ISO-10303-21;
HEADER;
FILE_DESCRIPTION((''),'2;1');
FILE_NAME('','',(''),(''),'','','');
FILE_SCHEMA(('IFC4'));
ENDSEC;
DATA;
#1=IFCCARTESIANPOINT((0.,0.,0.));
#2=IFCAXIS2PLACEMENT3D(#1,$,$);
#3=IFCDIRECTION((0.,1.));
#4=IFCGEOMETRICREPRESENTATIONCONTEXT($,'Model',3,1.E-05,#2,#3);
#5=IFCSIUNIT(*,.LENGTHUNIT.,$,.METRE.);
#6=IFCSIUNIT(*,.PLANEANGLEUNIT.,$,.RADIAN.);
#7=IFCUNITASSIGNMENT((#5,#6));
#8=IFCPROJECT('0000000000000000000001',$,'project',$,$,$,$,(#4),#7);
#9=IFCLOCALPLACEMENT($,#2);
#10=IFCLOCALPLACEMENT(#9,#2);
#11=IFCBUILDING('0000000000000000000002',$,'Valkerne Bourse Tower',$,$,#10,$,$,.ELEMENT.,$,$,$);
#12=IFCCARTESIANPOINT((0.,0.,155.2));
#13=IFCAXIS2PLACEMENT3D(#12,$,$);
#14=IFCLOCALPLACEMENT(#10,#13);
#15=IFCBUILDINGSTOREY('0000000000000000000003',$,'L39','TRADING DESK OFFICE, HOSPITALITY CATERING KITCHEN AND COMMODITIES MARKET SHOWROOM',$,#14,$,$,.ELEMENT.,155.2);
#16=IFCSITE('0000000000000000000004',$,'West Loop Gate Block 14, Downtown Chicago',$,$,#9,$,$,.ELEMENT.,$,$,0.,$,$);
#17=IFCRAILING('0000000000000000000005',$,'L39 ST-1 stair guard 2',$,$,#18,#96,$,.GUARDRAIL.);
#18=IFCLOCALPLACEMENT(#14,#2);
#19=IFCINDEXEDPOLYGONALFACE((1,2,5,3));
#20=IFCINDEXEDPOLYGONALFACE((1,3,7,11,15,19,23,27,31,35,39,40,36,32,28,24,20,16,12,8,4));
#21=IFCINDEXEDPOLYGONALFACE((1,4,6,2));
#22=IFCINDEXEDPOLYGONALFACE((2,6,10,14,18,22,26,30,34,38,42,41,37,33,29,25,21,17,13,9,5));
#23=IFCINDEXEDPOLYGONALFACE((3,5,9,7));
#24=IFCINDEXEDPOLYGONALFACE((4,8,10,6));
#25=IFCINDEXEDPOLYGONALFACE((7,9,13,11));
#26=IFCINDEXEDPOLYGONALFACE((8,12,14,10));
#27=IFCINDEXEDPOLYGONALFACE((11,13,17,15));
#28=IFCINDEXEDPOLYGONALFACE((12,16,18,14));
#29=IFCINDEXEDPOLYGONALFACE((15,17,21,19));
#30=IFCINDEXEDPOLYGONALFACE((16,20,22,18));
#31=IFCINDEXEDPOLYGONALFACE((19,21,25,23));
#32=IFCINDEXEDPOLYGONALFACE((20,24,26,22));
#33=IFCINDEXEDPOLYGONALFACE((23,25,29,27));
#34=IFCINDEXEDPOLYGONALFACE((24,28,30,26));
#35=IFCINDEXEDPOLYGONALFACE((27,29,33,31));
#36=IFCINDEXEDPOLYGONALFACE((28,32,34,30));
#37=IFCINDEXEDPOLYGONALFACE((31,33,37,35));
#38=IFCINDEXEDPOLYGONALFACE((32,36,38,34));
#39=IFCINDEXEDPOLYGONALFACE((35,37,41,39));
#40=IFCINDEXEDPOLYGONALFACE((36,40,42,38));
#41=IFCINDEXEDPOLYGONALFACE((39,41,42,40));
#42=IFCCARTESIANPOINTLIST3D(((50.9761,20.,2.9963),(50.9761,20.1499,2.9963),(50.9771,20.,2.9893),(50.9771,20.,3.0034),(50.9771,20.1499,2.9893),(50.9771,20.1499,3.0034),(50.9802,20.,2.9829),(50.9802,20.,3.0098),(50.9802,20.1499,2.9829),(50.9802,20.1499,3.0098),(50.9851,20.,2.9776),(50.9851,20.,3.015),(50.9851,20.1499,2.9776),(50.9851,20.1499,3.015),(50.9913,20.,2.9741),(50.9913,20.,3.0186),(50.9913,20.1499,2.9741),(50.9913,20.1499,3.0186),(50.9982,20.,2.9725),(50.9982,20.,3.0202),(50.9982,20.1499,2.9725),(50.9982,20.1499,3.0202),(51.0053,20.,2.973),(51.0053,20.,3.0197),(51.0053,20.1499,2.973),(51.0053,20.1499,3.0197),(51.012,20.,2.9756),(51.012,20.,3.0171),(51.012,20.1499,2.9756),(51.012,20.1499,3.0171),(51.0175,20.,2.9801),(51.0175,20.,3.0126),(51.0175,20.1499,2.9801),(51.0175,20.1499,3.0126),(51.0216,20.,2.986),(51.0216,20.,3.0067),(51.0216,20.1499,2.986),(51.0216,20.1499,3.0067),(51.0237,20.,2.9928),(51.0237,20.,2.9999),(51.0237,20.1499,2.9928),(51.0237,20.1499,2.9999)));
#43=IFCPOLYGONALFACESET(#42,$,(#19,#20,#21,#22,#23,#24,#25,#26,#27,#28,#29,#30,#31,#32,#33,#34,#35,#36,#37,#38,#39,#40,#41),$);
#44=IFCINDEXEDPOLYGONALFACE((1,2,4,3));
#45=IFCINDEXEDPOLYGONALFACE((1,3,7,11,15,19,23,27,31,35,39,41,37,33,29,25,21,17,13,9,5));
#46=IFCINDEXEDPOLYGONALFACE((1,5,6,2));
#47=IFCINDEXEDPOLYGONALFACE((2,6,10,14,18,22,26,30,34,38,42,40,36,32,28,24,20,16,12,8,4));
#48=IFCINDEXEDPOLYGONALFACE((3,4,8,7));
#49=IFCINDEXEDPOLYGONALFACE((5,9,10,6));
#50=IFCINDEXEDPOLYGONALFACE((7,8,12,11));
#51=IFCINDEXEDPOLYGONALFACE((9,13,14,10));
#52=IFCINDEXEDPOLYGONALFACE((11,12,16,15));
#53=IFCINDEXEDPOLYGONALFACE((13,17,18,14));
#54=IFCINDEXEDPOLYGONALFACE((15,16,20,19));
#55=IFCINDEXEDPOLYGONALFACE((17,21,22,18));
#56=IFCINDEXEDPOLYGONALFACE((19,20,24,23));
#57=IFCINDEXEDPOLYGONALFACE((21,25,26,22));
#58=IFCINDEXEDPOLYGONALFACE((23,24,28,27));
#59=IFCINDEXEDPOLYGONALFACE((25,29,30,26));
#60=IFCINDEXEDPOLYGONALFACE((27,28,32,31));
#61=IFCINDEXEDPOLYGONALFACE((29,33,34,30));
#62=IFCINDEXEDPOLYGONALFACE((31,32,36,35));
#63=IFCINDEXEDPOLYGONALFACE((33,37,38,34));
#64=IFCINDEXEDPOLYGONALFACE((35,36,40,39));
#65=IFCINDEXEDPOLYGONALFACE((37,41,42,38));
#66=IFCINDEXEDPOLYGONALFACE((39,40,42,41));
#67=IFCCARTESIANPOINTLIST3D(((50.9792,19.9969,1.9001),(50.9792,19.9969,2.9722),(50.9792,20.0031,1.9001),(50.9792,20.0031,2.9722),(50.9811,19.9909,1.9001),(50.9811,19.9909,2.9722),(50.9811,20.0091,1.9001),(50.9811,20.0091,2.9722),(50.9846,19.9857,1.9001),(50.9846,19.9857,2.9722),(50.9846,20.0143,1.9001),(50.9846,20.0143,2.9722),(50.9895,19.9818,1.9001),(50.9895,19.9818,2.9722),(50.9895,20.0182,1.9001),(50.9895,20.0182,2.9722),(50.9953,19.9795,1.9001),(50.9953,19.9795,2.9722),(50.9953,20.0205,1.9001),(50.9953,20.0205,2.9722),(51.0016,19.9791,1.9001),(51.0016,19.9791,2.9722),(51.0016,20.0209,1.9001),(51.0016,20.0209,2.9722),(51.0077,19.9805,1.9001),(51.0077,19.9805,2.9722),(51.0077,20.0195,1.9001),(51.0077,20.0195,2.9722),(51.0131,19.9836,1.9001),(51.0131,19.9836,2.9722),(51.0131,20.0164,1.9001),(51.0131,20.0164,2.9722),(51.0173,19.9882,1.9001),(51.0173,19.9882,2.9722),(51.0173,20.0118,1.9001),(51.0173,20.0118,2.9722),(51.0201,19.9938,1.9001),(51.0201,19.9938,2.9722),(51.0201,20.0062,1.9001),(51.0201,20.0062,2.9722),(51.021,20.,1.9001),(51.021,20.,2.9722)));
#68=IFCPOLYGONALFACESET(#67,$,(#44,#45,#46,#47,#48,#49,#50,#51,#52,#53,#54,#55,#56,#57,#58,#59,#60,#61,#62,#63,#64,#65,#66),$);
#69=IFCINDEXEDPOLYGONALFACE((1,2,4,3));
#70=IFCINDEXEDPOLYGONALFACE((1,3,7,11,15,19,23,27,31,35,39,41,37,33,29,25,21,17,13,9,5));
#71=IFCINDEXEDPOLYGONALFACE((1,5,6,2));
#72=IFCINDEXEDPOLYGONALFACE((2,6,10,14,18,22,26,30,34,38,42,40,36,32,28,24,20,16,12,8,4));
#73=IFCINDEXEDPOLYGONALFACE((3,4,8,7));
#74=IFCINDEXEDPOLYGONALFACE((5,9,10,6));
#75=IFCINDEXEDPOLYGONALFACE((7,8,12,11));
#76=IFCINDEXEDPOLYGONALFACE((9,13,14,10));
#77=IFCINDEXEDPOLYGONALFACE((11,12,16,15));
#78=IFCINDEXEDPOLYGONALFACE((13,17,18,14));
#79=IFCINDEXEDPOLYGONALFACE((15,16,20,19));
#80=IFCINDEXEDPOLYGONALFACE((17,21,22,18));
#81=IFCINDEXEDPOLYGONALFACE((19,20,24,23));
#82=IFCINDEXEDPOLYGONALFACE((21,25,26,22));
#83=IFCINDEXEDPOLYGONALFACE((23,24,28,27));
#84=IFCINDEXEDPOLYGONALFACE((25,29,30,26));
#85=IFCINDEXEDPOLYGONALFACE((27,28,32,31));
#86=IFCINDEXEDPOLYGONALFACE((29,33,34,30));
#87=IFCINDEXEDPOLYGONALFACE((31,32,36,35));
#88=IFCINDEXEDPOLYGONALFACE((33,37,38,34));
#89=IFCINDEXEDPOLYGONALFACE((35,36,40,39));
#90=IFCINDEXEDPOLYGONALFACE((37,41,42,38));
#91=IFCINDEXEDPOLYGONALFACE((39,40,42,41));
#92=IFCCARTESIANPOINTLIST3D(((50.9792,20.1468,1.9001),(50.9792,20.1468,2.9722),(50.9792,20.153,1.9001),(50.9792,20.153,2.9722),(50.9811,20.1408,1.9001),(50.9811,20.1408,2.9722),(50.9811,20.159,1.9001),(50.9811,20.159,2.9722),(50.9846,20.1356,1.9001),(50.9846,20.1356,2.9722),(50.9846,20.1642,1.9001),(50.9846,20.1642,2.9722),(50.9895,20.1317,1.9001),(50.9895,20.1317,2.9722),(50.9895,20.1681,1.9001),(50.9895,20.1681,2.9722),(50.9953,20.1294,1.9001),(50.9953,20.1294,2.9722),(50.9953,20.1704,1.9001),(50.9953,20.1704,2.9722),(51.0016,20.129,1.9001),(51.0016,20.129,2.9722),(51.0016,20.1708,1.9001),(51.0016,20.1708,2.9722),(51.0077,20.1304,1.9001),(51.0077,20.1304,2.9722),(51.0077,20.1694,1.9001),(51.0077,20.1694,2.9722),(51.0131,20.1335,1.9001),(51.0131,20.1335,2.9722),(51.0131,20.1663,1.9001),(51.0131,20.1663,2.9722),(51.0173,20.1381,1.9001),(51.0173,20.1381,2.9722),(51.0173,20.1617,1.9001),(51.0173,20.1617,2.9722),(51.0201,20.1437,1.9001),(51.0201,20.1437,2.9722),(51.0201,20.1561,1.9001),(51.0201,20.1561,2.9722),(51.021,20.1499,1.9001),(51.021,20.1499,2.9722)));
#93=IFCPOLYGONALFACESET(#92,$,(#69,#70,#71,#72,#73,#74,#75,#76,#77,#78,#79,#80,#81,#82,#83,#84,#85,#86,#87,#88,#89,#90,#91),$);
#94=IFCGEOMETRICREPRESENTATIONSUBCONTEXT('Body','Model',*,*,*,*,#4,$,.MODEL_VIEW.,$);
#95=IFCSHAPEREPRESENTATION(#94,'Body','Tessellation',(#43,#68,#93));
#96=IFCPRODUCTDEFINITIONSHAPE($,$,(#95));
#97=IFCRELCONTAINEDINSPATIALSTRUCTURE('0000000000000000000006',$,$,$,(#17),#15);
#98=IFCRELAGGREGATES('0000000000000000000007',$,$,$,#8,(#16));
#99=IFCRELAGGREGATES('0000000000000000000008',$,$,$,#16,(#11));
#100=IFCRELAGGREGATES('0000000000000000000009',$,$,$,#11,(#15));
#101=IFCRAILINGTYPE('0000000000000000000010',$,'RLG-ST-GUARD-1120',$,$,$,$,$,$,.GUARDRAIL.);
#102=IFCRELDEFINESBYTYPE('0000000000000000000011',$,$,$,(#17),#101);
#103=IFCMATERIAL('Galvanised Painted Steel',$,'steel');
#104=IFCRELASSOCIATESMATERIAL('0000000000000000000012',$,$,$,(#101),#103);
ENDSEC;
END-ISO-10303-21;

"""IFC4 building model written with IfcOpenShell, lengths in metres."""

from ifc_helpers import new_model, si_unit, direction, frame, origin, origin_2d, place, context, subcontext, project, spatial, circle, extrude, material, type_object, element, save


model = new_model("IFC4")

# Units and contexts
model_context = context("Model", 3, precision=1e-05, world=origin(), true_north=direction((0.0, 1.0)))
body_context = subcontext(model_context, "Body", "Model", "MODEL_VIEW")
ifc_project = project(units=[si_unit("LENGTHUNIT", "METRE"), si_unit("PLANEANGLEUNIT", "RADIAN")], contexts=[model_context])

# Site, building, storey
site_placement = place(None, origin())
site = spatial("IfcSite", under=ifc_project, at=site_placement, Name="West Loop Gate Block 14, Downtown Chicago", CompositionType="ELEMENT", RefElevation=0.0)
building_placement = place(site_placement, origin())
building = spatial("IfcBuilding", under=site, at=building_placement, Name="Valkerne Bourse Tower", CompositionType="ELEMENT")
storey_placement = place(building_placement, frame((0.0, 0.0, 155.2)))
storey = spatial("IfcBuildingStorey", under=building, at=storey_placement, Name="L39", Description="TRADING DESK OFFICE, HOSPITALITY CATERING KITCHEN AND COMMODITIES MARKET SHOWROOM", CompositionType="ELEMENT", Elevation=155.2)

# Shared definitions
ifc_material_1 = material(Name="Galvanised Painted Steel", Category="steel")

# Railing
railing_type_1 = type_object("IfcRailingType", Name="RLG-ST-GUARD-1120", PredefinedType="GUARDRAIL", material=ifc_material_1)
railing_1_placement = place(storey_placement, frame((51.0, 20.0, 1.9001)))
element("IfcRailing", 1, at=railing_1_placement, inside=storey, type_object=railing_type_1, Name="L39 ST-1 stair guard 2", PredefinedType="GUARDRAIL", context=body_context, shape_type="SweptSolid", body=[
    extrude(circle(Radius=0.0239, at=origin_2d()), frame((0.0, 0.0, 1.0962), z_axis=(0.0, 1.0, 0.0), x_axis=(-1.0, 0.0, 0.0)), (0.0, 0.0, 1.0), 0.1499),
    extrude(circle(Radius=0.021, at=origin_2d()), origin(), (0.0, 0.0, 1.0), 1.072),
    extrude(circle(Radius=0.021, at=origin_2d()), frame((0.0, 0.1499, 0.0)), (0.0, 0.0, 1.0), 1.072),
])

save(model, "model.ifc")
